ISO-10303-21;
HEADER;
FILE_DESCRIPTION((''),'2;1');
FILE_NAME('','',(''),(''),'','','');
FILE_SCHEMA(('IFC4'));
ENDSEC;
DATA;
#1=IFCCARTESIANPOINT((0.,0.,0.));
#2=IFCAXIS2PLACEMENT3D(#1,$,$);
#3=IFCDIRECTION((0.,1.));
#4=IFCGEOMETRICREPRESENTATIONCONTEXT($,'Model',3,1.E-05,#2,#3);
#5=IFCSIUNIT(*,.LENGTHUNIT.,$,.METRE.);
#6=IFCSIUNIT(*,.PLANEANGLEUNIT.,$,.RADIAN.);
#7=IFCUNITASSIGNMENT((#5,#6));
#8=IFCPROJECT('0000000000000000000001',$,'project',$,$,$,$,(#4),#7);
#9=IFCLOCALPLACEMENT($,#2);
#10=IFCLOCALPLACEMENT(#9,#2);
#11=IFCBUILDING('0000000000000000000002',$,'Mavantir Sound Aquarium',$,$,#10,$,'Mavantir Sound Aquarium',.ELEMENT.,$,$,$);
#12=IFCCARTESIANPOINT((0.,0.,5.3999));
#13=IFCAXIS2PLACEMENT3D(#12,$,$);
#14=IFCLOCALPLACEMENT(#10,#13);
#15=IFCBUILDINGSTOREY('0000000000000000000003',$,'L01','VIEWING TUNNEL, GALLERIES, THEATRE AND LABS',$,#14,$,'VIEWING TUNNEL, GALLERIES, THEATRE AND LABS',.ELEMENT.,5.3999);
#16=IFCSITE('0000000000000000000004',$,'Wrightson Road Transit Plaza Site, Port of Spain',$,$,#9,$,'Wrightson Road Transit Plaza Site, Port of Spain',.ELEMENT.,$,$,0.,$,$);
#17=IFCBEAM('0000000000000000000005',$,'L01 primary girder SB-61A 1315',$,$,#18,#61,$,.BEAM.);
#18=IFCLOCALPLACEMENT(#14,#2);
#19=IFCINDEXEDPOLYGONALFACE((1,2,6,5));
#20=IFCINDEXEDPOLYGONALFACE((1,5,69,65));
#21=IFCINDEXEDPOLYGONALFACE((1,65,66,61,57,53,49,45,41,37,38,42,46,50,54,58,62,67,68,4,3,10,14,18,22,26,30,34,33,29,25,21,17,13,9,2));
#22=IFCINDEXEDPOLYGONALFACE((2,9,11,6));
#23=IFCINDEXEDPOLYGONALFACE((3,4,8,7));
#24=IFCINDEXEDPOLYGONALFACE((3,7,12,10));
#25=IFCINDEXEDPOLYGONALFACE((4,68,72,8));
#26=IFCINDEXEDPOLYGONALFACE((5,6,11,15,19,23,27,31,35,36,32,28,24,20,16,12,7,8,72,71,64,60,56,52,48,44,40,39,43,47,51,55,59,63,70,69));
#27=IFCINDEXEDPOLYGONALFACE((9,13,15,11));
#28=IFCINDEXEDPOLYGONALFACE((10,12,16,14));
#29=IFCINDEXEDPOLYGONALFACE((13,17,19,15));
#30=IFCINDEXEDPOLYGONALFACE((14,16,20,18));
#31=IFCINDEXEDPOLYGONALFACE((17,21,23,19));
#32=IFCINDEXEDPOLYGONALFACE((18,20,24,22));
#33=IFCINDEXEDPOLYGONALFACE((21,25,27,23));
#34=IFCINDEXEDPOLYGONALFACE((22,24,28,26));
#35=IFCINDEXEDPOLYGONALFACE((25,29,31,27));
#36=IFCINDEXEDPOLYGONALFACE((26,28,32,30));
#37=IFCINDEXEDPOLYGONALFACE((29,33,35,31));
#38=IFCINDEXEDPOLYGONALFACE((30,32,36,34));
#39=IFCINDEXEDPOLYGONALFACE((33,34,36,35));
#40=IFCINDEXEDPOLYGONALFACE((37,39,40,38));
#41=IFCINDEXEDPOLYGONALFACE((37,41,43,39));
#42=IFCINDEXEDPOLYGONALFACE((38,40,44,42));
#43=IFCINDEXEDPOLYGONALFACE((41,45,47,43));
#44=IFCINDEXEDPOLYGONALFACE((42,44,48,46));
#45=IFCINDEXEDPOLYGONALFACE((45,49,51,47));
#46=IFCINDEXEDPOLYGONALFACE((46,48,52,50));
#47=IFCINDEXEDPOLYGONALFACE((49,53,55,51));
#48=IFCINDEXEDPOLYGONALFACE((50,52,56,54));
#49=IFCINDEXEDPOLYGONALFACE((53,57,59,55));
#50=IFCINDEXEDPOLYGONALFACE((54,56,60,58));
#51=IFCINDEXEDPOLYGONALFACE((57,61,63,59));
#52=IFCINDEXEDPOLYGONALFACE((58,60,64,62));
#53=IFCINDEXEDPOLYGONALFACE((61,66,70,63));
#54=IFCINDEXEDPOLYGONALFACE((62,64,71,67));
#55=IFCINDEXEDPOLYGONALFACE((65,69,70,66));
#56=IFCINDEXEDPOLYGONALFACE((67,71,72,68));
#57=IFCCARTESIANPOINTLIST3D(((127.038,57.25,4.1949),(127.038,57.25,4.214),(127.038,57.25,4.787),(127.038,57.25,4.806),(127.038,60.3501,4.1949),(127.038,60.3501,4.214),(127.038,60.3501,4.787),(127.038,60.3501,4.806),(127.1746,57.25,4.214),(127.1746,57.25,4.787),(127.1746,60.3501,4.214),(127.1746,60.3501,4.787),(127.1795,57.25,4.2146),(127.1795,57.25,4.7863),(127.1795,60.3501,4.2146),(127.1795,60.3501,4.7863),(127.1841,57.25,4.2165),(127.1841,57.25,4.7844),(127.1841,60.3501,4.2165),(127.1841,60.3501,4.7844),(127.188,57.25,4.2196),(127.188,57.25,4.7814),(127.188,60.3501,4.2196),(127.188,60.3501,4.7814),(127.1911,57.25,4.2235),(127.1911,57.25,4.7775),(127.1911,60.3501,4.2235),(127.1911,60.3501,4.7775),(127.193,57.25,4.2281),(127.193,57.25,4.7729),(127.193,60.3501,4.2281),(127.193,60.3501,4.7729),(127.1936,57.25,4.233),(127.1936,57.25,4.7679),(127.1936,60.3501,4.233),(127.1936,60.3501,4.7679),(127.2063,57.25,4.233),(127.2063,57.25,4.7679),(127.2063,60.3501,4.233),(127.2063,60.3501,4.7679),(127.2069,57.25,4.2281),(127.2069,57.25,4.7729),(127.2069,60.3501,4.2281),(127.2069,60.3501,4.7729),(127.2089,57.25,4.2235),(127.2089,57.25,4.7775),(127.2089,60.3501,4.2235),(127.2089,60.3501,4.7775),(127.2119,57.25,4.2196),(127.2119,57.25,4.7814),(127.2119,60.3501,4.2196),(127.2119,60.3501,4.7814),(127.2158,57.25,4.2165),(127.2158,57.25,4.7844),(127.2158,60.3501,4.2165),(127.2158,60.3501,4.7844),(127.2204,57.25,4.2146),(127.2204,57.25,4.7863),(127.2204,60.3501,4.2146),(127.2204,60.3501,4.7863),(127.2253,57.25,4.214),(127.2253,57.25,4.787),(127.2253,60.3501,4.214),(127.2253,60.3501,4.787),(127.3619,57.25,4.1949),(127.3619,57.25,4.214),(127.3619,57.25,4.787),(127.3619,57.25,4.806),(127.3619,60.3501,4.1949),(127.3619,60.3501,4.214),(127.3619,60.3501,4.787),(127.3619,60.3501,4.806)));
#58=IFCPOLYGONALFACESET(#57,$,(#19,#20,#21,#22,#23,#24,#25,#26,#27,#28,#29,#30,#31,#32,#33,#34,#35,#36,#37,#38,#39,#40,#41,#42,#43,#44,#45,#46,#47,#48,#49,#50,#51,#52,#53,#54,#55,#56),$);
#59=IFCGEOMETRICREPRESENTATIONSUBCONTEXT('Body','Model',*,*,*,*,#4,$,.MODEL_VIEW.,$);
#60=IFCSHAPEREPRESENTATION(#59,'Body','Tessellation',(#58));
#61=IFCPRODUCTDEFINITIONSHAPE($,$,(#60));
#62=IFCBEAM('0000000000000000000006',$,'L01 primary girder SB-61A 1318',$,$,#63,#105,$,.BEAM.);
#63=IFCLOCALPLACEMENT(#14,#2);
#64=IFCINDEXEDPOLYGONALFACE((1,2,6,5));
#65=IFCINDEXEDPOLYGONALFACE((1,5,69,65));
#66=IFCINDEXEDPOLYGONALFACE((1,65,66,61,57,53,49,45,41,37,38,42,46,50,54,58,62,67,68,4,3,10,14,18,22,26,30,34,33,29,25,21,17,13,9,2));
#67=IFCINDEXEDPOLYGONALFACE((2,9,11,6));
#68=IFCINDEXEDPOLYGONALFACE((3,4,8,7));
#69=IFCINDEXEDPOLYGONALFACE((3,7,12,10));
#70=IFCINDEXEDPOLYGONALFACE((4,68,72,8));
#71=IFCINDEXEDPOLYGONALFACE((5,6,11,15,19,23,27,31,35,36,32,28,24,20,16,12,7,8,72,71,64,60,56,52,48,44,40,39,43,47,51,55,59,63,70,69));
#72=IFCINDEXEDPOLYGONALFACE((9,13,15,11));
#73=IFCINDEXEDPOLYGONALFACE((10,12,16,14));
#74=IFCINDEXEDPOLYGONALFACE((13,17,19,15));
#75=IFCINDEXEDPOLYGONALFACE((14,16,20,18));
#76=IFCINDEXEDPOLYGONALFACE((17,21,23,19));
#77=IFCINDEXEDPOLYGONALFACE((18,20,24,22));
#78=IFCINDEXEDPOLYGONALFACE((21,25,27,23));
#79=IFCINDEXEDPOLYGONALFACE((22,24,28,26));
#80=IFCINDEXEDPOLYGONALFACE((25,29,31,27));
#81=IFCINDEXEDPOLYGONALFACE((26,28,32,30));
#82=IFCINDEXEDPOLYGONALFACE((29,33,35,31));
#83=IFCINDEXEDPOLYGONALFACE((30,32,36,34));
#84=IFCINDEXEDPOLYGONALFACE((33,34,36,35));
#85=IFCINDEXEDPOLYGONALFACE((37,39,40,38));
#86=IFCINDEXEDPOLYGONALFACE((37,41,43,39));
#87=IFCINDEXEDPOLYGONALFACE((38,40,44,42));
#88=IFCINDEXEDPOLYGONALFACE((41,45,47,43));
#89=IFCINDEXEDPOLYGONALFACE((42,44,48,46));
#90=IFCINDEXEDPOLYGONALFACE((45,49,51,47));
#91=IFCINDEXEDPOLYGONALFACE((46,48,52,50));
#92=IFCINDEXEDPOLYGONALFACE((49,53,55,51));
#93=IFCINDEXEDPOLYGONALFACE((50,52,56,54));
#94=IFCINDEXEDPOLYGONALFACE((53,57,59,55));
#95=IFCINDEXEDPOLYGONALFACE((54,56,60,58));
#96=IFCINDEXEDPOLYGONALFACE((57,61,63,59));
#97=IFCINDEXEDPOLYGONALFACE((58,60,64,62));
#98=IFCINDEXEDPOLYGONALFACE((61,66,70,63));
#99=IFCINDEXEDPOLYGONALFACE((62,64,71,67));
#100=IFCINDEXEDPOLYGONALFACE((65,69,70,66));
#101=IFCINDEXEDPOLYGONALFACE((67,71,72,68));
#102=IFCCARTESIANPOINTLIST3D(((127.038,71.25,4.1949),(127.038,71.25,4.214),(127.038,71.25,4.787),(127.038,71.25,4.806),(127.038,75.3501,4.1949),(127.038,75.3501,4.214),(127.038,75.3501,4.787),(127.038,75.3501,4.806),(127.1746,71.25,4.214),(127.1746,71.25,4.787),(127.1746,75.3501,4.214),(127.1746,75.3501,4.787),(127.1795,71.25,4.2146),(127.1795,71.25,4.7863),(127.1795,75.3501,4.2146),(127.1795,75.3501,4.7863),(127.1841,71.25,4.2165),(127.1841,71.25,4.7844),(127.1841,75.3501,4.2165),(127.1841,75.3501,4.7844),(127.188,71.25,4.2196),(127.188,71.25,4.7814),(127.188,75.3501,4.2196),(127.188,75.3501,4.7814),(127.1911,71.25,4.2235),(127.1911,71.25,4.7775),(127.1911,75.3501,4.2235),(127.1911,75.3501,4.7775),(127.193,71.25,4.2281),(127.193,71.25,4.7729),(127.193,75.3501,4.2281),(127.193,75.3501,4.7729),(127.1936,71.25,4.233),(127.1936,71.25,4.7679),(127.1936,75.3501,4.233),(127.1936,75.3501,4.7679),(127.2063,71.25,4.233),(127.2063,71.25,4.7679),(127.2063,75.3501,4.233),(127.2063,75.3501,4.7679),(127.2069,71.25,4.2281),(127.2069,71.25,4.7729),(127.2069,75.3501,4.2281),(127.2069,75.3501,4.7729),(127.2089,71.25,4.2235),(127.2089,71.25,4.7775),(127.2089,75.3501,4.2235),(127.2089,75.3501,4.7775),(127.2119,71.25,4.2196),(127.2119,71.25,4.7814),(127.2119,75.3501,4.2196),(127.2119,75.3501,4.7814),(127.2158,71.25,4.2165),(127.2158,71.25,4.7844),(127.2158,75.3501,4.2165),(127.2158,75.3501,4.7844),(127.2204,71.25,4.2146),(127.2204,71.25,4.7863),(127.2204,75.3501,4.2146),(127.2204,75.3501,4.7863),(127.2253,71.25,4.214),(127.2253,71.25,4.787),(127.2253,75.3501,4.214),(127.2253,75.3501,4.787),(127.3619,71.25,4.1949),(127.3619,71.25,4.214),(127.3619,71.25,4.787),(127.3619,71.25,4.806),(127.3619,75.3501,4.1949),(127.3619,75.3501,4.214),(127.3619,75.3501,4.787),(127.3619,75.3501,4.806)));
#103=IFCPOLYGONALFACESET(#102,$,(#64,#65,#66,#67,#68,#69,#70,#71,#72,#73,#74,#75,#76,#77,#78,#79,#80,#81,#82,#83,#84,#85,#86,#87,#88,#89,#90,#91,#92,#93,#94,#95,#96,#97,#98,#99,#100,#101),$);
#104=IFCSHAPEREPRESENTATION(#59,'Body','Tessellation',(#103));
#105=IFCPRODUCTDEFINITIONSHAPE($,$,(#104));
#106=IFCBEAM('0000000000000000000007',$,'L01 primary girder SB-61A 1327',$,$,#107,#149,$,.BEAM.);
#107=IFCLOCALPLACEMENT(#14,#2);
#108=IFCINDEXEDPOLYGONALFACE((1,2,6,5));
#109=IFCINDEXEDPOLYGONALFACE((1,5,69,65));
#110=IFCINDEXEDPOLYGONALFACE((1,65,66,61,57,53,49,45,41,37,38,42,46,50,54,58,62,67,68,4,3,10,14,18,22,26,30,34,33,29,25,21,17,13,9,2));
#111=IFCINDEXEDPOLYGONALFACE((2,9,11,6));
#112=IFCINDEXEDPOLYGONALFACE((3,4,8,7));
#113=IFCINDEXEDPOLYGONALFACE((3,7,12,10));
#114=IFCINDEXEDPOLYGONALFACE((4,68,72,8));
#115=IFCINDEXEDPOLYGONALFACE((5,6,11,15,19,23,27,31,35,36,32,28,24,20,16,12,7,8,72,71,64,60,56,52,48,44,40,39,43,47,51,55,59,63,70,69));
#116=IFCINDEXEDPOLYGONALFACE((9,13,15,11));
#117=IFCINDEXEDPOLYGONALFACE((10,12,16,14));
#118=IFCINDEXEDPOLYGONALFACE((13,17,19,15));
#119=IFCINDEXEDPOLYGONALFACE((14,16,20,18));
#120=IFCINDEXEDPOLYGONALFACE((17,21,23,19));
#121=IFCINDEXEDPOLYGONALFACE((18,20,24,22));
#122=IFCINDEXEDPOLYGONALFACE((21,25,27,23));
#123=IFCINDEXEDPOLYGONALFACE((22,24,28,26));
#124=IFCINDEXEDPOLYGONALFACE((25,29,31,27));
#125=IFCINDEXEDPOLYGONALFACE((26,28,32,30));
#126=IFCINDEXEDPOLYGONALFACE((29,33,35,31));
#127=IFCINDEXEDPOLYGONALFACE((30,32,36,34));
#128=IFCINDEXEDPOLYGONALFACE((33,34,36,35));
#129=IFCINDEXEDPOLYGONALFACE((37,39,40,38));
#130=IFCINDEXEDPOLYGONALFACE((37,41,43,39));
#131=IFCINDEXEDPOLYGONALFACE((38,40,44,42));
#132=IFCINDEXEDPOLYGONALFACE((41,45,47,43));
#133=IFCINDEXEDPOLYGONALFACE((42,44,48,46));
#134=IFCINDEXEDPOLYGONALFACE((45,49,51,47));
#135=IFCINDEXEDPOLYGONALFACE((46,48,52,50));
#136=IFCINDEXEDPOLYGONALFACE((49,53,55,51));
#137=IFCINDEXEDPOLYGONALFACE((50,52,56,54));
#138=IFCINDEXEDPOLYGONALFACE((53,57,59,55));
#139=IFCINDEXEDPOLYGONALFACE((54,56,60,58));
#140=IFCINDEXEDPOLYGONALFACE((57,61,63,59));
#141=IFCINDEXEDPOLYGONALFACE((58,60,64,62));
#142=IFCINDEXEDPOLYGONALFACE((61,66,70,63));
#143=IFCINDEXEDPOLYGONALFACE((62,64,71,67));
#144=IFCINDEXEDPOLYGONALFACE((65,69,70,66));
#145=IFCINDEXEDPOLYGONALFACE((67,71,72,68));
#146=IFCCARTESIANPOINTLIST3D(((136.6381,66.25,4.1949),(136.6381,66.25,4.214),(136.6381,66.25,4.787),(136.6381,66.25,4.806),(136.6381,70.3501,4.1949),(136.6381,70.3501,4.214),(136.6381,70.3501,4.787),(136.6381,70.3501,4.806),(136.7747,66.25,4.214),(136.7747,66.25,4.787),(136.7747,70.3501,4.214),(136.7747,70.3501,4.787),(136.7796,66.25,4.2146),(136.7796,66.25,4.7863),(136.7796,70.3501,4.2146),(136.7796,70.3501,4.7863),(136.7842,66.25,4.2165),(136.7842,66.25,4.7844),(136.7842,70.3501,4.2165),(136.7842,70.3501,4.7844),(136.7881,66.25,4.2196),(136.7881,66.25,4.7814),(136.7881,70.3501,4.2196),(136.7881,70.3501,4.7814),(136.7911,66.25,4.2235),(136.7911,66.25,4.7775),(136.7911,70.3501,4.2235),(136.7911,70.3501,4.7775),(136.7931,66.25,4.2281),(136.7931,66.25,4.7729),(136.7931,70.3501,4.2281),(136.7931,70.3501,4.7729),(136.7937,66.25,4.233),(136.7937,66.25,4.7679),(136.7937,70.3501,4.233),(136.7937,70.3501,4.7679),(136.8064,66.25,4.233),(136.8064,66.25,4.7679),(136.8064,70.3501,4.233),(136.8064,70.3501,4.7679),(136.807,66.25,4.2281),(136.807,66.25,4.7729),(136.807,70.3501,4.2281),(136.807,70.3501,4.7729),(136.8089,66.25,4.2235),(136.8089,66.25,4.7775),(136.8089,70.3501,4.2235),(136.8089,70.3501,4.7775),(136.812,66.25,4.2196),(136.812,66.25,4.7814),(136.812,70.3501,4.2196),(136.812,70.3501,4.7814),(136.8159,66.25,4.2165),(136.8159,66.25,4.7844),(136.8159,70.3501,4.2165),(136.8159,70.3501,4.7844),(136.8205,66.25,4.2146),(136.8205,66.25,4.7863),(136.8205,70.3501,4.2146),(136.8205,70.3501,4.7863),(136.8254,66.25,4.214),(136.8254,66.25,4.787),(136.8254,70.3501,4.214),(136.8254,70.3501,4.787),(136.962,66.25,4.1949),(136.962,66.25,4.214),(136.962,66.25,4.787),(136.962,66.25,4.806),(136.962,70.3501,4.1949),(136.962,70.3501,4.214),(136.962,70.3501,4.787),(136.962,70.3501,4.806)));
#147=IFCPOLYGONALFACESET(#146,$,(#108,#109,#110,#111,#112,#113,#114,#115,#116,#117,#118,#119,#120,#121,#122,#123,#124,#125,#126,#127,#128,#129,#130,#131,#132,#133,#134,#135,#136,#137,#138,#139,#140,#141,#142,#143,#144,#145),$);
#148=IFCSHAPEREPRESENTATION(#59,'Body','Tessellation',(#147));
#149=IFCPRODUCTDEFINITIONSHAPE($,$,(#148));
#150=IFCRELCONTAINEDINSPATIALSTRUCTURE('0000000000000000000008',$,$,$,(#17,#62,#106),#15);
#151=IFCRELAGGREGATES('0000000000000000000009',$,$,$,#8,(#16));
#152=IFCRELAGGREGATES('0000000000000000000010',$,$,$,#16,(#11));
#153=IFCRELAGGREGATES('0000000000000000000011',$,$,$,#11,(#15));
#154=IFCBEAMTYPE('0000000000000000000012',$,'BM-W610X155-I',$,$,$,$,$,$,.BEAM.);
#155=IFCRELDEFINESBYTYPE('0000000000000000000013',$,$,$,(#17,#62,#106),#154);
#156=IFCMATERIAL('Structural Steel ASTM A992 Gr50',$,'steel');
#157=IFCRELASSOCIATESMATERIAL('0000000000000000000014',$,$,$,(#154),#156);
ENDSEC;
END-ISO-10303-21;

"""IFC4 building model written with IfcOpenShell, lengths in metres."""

from ifc_helpers import new_model, si_unit, direction, frame, origin, origin_2d, place, context, subcontext, project, spatial, i_section, extrude, material, material_profile, profile_set, type_object, element, save


model = new_model("IFC4")

# Units and contexts
model_context = context("Model", 3, precision=1e-05, world=origin(), true_north=direction((0.0, 1.0)))
body_context = subcontext(model_context, "Body", "Model", "MODEL_VIEW")
ifc_project = project(units=[si_unit("LENGTHUNIT", "METRE"), si_unit("PLANEANGLEUNIT", "RADIAN")], contexts=[model_context])

# Site, building, storey
site_placement = place(None, origin())
site = spatial("IfcSite", under=ifc_project, at=site_placement, Name="Wrightson Road Transit Plaza Site, Port of Spain", LongName="Wrightson Road Transit Plaza Site, Port of Spain", CompositionType="ELEMENT", RefElevation=0.0)
building_placement = place(site_placement, origin())
building = spatial("IfcBuilding", under=site, at=building_placement, Name="Mavantir Sound Aquarium", LongName="Mavantir Sound Aquarium", CompositionType="ELEMENT")
storey_placement = place(building_placement, frame((0.0, 0.0, 5.3999)))
storey = spatial("IfcBuildingStorey", under=building, at=storey_placement, Name="L01", Description="VIEWING TUNNEL, GALLERIES, THEATRE AND LABS", LongName="VIEWING TUNNEL, GALLERIES, THEATRE AND LABS", CompositionType="ELEMENT", Elevation=5.3999)

# Beams
ifc_material_1 = material(Name="Structural Steel ASTM A992 Gr50", Category="steel")
ifc_material_profile_1 = material_profile(ifc_material_1, i_section(OverallWidth=0.324, OverallDepth=0.6111, WebThickness=0.0127, FlangeThickness=0.019, FilletRadius=0.019, at=origin_2d()), Name="W610X155")
ifc_profile_set_1 = profile_set([ifc_material_profile_1], Name="Structural Steel ASTM A992 Gr50")
beam_type_1 = type_object("IfcBeamType", Name="BM-W610X155-I", PredefinedType="BEAM", material=ifc_profile_set_1)
beam_1_placement = place(storey_placement, frame((127.2, 57.25, 4.5005), z_axis=(0.0, 1.0, 0.0), x_axis=(-1.0, 0.0, 0.0)))
element("IfcBeam", 1, at=beam_1_placement, inside=storey, type_object=beam_type_1, Name="L01 primary girder SB-61A 1315", PredefinedType="BEAM", context=body_context, shape_type="SweptSolid", body=[
    extrude(i_section(OverallWidth=0.324, OverallDepth=0.6111, WebThickness=0.0127, FlangeThickness=0.019, FilletRadius=0.019, at=origin_2d()), origin(), (0.0, 0.0, 1.0), 3.1001),
])
for number, where, z_axis, x_axis, name in (
    (2, (127.2, 71.25, 4.5005), (0.0, 1.0, 0.0), (-1.0, 0.0, 0.0), "L01 primary girder SB-61A 1318"),
    (3, (136.8, 66.25, 4.5005), (0.0, 1.0, 0.0), (-1.0, 0.0, 0.0), "L01 primary girder SB-61A 1327"),
):
    element("IfcBeam", number, at=place(storey_placement, frame(where, z_axis=z_axis, x_axis=x_axis)), inside=storey, type_object=beam_type_1, Name=name, PredefinedType="BEAM", context=body_context, shape_type="SweptSolid", body=[
        extrude(i_section(OverallWidth=0.324, OverallDepth=0.6111, WebThickness=0.0127, FlangeThickness=0.019, FilletRadius=0.019, at=origin_2d()), origin(), (0.0, 0.0, 1.0), 4.1001),
    ])

save(model, "model.ifc")
